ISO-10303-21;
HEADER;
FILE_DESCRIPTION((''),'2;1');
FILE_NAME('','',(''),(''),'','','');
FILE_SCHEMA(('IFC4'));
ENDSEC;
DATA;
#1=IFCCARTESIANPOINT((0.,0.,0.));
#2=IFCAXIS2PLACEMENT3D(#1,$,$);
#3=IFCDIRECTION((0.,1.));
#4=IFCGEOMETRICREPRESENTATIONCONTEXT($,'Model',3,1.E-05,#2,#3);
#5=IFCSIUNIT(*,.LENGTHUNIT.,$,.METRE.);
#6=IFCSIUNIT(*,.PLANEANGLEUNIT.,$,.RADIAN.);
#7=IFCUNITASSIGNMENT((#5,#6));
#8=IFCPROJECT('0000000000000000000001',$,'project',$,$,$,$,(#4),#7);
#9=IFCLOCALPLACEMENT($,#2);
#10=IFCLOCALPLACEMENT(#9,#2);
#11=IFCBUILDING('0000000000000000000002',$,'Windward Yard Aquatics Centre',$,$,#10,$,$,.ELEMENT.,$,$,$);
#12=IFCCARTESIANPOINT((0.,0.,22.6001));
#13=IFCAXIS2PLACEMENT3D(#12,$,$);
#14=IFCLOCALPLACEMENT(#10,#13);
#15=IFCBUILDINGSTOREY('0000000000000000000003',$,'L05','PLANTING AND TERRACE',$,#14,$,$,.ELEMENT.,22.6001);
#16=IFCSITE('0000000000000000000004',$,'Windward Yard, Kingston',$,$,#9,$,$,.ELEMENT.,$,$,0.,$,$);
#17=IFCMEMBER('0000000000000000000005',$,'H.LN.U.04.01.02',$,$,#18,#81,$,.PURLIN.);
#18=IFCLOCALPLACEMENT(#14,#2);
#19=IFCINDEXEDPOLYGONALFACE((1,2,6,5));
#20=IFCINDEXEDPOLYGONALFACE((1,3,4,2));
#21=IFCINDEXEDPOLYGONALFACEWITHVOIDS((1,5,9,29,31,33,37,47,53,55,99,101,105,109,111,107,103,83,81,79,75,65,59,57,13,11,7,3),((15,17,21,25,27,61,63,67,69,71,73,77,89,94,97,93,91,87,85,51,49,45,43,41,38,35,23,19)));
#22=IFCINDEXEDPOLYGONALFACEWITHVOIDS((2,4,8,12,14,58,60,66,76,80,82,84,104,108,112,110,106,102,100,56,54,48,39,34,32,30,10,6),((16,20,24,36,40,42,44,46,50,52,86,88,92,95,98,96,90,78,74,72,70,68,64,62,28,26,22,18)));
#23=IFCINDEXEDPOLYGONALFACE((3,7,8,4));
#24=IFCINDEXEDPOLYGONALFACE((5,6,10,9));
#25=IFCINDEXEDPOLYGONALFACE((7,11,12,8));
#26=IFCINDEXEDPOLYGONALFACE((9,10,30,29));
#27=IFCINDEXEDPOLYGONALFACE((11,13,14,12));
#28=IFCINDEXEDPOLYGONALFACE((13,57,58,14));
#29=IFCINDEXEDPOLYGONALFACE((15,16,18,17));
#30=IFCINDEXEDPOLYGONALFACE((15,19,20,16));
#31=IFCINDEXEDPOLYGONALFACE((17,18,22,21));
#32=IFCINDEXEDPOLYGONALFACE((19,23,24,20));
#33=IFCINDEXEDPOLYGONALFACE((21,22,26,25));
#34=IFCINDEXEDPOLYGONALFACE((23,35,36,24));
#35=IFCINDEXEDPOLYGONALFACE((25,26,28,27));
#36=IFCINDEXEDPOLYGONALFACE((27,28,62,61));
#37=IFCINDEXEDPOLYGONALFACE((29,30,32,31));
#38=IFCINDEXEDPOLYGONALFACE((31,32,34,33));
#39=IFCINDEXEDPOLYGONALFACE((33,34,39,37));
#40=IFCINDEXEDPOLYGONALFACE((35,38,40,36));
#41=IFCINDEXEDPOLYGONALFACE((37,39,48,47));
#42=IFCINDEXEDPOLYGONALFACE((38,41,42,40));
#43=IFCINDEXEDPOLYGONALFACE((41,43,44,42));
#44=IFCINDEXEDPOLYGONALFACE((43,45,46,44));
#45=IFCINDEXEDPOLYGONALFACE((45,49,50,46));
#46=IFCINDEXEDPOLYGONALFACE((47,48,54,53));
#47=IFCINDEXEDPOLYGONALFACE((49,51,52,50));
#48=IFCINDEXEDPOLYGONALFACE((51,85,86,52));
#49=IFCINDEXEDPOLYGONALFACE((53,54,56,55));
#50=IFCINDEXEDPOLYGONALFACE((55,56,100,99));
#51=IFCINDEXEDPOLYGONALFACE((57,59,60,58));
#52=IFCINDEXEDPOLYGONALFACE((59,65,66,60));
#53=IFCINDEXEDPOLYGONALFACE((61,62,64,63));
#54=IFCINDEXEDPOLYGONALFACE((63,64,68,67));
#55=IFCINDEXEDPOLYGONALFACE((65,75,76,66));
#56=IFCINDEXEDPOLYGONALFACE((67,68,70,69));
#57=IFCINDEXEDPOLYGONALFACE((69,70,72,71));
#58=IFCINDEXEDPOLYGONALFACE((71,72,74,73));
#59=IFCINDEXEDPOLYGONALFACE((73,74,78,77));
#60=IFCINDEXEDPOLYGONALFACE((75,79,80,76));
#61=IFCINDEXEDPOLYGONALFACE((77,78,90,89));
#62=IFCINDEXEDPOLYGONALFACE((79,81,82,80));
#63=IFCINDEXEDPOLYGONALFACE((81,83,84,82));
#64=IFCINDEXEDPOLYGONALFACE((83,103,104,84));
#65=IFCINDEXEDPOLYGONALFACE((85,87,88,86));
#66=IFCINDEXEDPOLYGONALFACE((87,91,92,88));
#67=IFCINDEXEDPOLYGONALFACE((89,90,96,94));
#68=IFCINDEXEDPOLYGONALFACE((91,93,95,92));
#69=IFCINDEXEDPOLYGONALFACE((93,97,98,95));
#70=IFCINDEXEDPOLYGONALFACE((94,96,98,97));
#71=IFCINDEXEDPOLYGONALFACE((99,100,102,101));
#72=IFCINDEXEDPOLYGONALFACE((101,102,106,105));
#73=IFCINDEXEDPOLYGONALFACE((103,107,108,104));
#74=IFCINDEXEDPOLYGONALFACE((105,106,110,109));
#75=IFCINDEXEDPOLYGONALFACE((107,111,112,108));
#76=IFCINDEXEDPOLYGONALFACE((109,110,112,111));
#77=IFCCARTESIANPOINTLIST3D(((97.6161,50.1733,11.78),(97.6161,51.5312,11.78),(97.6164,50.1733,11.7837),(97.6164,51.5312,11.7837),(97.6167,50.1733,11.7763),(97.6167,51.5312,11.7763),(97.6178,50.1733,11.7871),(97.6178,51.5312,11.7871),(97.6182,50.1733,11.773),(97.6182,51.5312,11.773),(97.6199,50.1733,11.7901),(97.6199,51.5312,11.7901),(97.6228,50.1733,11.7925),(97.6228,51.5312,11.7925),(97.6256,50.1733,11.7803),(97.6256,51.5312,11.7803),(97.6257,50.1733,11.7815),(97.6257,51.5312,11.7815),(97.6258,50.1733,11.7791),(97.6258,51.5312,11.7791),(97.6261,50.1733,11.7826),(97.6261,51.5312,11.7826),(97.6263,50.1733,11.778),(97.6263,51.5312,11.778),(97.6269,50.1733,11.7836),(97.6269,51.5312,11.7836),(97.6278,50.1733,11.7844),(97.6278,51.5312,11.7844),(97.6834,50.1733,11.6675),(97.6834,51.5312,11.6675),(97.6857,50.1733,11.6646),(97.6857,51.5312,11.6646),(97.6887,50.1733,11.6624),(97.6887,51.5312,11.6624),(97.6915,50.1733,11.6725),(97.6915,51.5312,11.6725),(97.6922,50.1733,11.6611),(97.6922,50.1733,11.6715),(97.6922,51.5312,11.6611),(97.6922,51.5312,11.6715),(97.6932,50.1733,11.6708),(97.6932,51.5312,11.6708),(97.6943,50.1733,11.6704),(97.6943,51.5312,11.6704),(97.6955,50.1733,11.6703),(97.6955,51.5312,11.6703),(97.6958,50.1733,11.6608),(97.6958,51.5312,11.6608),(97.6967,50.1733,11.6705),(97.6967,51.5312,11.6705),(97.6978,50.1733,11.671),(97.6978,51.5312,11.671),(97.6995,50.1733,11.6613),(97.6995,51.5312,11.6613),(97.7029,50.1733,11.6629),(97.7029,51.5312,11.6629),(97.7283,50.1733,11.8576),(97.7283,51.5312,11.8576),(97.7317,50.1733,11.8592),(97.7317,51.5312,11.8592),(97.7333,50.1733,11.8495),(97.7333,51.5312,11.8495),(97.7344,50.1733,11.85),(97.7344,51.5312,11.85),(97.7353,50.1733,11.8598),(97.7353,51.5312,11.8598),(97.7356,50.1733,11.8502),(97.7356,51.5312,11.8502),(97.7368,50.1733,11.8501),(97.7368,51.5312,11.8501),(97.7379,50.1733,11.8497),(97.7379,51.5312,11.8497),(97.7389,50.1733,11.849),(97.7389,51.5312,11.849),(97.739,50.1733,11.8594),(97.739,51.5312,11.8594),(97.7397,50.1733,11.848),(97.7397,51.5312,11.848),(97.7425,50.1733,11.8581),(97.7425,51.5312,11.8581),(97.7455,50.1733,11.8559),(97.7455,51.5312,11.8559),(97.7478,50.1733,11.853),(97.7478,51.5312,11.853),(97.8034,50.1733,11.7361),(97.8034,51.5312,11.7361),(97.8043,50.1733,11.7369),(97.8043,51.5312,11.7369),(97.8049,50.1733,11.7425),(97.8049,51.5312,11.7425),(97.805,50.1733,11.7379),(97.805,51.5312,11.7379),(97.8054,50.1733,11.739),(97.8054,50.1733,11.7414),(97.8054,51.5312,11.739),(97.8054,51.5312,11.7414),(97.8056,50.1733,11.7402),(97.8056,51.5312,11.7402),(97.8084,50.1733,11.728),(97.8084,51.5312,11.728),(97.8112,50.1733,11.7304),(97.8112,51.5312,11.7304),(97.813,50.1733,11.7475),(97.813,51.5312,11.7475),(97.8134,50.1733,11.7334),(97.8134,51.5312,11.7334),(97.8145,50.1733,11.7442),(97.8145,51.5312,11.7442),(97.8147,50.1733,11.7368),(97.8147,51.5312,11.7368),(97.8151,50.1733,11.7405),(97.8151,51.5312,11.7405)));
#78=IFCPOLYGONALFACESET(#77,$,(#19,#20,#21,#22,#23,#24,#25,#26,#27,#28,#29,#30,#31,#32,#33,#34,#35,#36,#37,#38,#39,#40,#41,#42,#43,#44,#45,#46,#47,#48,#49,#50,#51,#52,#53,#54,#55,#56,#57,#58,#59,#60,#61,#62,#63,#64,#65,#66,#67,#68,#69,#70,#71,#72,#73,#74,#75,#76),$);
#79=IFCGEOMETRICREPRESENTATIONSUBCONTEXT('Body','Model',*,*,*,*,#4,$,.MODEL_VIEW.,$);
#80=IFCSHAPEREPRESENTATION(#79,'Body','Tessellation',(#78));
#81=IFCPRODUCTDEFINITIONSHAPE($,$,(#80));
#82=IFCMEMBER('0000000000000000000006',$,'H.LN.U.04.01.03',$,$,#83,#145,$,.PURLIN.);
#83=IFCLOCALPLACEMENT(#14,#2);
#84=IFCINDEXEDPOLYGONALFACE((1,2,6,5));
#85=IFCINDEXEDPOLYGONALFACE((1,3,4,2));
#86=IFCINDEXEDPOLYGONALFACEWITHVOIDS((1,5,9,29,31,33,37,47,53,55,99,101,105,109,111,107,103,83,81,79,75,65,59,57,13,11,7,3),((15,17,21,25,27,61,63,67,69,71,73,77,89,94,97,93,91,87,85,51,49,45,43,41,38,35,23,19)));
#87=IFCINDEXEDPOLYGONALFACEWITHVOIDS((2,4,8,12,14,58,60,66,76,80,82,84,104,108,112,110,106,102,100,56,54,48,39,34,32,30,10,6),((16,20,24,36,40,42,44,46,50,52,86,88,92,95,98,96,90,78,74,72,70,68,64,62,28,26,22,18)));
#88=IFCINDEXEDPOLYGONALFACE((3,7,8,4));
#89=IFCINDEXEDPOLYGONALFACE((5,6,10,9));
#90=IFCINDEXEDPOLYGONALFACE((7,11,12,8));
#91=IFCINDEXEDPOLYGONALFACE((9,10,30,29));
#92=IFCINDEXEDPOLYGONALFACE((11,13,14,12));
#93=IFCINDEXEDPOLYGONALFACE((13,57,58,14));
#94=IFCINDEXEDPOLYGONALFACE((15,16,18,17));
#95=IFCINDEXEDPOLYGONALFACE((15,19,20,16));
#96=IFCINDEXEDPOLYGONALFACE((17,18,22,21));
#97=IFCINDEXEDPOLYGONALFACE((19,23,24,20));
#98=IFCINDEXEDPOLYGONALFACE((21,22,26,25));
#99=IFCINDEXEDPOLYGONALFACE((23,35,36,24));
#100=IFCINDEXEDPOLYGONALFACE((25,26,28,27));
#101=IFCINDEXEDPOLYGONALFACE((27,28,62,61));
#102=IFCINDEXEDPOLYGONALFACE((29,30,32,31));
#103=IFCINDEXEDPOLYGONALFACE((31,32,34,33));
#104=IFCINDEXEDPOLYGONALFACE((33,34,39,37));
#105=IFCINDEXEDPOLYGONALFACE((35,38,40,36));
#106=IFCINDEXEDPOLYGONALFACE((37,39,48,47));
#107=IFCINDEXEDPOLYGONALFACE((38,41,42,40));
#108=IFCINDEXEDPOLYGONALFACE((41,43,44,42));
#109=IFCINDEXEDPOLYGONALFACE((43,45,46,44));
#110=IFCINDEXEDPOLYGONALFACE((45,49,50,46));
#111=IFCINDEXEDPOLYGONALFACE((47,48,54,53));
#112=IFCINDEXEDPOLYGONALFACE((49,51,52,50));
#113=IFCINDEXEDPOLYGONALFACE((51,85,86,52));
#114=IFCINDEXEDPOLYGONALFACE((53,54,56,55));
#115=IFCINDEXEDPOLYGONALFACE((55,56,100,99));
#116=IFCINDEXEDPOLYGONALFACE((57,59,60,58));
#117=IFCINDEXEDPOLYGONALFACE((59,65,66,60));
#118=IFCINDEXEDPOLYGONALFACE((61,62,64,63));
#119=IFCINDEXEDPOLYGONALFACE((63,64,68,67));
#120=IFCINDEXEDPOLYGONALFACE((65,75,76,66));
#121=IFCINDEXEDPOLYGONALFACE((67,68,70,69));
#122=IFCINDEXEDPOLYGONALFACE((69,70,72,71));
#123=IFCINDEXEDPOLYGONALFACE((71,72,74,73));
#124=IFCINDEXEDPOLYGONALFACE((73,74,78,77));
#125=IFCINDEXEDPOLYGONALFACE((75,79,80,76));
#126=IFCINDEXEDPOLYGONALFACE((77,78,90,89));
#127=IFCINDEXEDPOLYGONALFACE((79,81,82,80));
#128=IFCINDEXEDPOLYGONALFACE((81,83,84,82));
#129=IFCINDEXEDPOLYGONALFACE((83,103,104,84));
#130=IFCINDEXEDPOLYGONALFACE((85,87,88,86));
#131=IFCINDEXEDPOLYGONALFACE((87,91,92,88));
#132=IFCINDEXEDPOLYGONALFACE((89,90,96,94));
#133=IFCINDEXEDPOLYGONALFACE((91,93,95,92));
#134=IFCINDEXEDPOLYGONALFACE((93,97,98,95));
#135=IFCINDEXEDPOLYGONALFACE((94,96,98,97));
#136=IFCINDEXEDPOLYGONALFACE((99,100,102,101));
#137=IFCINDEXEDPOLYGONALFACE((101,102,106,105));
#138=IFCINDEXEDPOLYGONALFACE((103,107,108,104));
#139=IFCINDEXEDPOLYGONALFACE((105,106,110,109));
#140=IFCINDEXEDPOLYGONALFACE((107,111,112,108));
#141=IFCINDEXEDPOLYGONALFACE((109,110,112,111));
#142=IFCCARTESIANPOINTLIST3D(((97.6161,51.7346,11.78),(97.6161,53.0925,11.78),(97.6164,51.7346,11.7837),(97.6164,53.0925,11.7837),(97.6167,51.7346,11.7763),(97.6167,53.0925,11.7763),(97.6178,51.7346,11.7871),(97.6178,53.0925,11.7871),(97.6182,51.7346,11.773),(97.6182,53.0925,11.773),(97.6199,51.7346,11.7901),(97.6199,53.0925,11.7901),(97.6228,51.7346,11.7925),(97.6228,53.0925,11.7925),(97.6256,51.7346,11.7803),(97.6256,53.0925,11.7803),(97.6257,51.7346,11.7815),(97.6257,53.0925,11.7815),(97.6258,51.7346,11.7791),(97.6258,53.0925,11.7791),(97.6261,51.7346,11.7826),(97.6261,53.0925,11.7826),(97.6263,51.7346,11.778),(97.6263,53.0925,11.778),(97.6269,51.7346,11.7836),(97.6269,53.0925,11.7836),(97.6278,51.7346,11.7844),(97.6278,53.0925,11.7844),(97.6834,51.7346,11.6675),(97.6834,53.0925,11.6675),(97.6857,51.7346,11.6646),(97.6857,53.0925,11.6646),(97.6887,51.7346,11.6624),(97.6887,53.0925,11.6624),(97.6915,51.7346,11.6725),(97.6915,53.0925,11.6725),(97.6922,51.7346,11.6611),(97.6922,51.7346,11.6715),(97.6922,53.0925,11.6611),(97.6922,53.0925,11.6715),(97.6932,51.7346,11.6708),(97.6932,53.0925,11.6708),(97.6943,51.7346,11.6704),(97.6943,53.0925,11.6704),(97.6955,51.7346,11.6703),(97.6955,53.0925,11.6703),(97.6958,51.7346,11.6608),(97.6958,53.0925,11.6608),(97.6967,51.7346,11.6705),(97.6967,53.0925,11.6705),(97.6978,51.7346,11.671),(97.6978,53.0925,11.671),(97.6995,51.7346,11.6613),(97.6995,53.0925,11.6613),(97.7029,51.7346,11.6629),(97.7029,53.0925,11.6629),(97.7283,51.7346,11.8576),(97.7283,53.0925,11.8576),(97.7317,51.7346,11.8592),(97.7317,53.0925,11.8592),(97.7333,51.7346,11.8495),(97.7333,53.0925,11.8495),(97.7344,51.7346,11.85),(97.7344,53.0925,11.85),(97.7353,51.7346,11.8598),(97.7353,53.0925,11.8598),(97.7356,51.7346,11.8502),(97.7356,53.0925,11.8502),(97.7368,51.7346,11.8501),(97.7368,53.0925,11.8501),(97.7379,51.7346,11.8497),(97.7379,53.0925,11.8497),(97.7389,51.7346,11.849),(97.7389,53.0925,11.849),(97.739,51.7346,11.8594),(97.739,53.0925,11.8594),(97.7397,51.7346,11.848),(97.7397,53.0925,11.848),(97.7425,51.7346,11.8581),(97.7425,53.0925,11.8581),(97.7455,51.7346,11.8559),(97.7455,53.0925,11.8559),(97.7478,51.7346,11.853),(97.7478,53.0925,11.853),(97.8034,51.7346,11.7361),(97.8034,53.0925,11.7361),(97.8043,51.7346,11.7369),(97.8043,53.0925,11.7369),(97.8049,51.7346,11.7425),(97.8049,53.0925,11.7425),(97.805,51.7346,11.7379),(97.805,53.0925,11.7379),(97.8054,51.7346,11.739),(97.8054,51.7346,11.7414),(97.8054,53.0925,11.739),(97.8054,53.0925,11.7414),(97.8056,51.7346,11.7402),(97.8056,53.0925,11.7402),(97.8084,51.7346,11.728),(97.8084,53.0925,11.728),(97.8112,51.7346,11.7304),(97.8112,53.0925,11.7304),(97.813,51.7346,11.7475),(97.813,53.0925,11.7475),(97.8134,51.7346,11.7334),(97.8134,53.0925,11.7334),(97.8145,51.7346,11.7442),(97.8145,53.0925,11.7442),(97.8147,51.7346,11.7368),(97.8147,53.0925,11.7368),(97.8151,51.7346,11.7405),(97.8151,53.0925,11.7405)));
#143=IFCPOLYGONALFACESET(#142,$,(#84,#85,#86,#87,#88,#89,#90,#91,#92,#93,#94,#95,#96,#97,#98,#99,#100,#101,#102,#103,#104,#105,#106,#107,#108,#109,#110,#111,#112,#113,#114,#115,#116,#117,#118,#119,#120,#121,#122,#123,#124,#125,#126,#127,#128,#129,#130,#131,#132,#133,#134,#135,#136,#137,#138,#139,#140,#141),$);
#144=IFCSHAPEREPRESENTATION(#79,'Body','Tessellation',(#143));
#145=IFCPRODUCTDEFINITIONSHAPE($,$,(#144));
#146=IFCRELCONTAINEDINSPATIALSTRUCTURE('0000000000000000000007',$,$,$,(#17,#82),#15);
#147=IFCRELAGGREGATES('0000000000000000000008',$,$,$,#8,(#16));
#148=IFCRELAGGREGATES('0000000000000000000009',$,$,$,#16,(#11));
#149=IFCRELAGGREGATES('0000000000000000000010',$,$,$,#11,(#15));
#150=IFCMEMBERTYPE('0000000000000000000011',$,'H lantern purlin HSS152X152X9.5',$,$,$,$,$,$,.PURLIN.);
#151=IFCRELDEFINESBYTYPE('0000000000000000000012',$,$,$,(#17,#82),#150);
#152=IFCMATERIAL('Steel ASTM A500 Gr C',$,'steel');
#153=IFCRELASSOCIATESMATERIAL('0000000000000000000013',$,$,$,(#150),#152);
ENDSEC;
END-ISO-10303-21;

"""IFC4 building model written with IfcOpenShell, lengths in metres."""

from ifc_helpers import new_model, si_unit, direction, frame, origin, origin_2d, place, context, subcontext, project, spatial, hollow_rectangle, extrude, material, material_profile, profile_set, type_object, element, save


model = new_model("IFC4")

# Units and contexts
model_context = context("Model", 3, precision=1e-05, world=origin(), true_north=direction((0.0, 1.0)))
body_context = subcontext(model_context, "Body", "Model", "MODEL_VIEW")
ifc_project = project(units=[si_unit("LENGTHUNIT", "METRE"), si_unit("PLANEANGLEUNIT", "RADIAN")], contexts=[model_context])

# Site, building, storey
site_placement = place(None, origin())
site = spatial("IfcSite", under=ifc_project, at=site_placement, Name="Windward Yard, Kingston", CompositionType="ELEMENT", RefElevation=0.0)
building_placement = place(site_placement, origin())
building = spatial("IfcBuilding", under=site, at=building_placement, Name="Windward Yard Aquatics Centre", CompositionType="ELEMENT")
storey_placement = place(building_placement, frame((0.0, 0.0, 22.6001)))
storey = spatial("IfcBuildingStorey", under=building, at=storey_placement, Name="L05", Description="PLANTING AND TERRACE", CompositionType="ELEMENT", Elevation=22.6001)

# Members
ifc_material_1 = material(Name="Steel ASTM A500 Gr C", Category="steel")
ifc_material_profile_1 = material_profile(ifc_material_1, hollow_rectangle(XDim=0.1523, YDim=0.1523, WallThickness=0.0095, InnerFilletRadius=0.0046, OuterFilletRadius=0.0142, at=origin_2d()), Name="HSS152X152X9.5")
ifc_profile_set_1 = profile_set([ifc_material_profile_1], Name="Steel ASTM A500 Gr C")
member_type_1 = type_object("IfcMemberType", Name="H lantern purlin HSS152X152X9.5", PredefinedType="PURLIN", material=ifc_profile_set_1)
for number, where, z_axis, x_axis, name in (
    (1, (97.7156, 50.1733, 11.7603), (0.0, 1.0, 0.0), (-0.850755, 0.0, -0.525562), "H.LN.U.04.01.02"),
    (2, (97.7156, 51.7346, 11.7603), (0.0, 1.0, 0.0), (-0.850755, 0.0, -0.525562), "H.LN.U.04.01.03"),
):
    element("IfcMember", number, at=place(storey_placement, frame(where, z_axis=z_axis, x_axis=x_axis)), inside=storey, type_object=member_type_1, Name=name, PredefinedType="PURLIN", context=body_context, shape_type="SweptSolid", body=[
        extrude(hollow_rectangle(XDim=0.1523, YDim=0.1523, WallThickness=0.0095, InnerFilletRadius=0.0046, OuterFilletRadius=0.0142, at=origin_2d()), origin(), (0.0, 0.0, 1.0), 1.3579),
    ])

save(model, "model.ifc")
